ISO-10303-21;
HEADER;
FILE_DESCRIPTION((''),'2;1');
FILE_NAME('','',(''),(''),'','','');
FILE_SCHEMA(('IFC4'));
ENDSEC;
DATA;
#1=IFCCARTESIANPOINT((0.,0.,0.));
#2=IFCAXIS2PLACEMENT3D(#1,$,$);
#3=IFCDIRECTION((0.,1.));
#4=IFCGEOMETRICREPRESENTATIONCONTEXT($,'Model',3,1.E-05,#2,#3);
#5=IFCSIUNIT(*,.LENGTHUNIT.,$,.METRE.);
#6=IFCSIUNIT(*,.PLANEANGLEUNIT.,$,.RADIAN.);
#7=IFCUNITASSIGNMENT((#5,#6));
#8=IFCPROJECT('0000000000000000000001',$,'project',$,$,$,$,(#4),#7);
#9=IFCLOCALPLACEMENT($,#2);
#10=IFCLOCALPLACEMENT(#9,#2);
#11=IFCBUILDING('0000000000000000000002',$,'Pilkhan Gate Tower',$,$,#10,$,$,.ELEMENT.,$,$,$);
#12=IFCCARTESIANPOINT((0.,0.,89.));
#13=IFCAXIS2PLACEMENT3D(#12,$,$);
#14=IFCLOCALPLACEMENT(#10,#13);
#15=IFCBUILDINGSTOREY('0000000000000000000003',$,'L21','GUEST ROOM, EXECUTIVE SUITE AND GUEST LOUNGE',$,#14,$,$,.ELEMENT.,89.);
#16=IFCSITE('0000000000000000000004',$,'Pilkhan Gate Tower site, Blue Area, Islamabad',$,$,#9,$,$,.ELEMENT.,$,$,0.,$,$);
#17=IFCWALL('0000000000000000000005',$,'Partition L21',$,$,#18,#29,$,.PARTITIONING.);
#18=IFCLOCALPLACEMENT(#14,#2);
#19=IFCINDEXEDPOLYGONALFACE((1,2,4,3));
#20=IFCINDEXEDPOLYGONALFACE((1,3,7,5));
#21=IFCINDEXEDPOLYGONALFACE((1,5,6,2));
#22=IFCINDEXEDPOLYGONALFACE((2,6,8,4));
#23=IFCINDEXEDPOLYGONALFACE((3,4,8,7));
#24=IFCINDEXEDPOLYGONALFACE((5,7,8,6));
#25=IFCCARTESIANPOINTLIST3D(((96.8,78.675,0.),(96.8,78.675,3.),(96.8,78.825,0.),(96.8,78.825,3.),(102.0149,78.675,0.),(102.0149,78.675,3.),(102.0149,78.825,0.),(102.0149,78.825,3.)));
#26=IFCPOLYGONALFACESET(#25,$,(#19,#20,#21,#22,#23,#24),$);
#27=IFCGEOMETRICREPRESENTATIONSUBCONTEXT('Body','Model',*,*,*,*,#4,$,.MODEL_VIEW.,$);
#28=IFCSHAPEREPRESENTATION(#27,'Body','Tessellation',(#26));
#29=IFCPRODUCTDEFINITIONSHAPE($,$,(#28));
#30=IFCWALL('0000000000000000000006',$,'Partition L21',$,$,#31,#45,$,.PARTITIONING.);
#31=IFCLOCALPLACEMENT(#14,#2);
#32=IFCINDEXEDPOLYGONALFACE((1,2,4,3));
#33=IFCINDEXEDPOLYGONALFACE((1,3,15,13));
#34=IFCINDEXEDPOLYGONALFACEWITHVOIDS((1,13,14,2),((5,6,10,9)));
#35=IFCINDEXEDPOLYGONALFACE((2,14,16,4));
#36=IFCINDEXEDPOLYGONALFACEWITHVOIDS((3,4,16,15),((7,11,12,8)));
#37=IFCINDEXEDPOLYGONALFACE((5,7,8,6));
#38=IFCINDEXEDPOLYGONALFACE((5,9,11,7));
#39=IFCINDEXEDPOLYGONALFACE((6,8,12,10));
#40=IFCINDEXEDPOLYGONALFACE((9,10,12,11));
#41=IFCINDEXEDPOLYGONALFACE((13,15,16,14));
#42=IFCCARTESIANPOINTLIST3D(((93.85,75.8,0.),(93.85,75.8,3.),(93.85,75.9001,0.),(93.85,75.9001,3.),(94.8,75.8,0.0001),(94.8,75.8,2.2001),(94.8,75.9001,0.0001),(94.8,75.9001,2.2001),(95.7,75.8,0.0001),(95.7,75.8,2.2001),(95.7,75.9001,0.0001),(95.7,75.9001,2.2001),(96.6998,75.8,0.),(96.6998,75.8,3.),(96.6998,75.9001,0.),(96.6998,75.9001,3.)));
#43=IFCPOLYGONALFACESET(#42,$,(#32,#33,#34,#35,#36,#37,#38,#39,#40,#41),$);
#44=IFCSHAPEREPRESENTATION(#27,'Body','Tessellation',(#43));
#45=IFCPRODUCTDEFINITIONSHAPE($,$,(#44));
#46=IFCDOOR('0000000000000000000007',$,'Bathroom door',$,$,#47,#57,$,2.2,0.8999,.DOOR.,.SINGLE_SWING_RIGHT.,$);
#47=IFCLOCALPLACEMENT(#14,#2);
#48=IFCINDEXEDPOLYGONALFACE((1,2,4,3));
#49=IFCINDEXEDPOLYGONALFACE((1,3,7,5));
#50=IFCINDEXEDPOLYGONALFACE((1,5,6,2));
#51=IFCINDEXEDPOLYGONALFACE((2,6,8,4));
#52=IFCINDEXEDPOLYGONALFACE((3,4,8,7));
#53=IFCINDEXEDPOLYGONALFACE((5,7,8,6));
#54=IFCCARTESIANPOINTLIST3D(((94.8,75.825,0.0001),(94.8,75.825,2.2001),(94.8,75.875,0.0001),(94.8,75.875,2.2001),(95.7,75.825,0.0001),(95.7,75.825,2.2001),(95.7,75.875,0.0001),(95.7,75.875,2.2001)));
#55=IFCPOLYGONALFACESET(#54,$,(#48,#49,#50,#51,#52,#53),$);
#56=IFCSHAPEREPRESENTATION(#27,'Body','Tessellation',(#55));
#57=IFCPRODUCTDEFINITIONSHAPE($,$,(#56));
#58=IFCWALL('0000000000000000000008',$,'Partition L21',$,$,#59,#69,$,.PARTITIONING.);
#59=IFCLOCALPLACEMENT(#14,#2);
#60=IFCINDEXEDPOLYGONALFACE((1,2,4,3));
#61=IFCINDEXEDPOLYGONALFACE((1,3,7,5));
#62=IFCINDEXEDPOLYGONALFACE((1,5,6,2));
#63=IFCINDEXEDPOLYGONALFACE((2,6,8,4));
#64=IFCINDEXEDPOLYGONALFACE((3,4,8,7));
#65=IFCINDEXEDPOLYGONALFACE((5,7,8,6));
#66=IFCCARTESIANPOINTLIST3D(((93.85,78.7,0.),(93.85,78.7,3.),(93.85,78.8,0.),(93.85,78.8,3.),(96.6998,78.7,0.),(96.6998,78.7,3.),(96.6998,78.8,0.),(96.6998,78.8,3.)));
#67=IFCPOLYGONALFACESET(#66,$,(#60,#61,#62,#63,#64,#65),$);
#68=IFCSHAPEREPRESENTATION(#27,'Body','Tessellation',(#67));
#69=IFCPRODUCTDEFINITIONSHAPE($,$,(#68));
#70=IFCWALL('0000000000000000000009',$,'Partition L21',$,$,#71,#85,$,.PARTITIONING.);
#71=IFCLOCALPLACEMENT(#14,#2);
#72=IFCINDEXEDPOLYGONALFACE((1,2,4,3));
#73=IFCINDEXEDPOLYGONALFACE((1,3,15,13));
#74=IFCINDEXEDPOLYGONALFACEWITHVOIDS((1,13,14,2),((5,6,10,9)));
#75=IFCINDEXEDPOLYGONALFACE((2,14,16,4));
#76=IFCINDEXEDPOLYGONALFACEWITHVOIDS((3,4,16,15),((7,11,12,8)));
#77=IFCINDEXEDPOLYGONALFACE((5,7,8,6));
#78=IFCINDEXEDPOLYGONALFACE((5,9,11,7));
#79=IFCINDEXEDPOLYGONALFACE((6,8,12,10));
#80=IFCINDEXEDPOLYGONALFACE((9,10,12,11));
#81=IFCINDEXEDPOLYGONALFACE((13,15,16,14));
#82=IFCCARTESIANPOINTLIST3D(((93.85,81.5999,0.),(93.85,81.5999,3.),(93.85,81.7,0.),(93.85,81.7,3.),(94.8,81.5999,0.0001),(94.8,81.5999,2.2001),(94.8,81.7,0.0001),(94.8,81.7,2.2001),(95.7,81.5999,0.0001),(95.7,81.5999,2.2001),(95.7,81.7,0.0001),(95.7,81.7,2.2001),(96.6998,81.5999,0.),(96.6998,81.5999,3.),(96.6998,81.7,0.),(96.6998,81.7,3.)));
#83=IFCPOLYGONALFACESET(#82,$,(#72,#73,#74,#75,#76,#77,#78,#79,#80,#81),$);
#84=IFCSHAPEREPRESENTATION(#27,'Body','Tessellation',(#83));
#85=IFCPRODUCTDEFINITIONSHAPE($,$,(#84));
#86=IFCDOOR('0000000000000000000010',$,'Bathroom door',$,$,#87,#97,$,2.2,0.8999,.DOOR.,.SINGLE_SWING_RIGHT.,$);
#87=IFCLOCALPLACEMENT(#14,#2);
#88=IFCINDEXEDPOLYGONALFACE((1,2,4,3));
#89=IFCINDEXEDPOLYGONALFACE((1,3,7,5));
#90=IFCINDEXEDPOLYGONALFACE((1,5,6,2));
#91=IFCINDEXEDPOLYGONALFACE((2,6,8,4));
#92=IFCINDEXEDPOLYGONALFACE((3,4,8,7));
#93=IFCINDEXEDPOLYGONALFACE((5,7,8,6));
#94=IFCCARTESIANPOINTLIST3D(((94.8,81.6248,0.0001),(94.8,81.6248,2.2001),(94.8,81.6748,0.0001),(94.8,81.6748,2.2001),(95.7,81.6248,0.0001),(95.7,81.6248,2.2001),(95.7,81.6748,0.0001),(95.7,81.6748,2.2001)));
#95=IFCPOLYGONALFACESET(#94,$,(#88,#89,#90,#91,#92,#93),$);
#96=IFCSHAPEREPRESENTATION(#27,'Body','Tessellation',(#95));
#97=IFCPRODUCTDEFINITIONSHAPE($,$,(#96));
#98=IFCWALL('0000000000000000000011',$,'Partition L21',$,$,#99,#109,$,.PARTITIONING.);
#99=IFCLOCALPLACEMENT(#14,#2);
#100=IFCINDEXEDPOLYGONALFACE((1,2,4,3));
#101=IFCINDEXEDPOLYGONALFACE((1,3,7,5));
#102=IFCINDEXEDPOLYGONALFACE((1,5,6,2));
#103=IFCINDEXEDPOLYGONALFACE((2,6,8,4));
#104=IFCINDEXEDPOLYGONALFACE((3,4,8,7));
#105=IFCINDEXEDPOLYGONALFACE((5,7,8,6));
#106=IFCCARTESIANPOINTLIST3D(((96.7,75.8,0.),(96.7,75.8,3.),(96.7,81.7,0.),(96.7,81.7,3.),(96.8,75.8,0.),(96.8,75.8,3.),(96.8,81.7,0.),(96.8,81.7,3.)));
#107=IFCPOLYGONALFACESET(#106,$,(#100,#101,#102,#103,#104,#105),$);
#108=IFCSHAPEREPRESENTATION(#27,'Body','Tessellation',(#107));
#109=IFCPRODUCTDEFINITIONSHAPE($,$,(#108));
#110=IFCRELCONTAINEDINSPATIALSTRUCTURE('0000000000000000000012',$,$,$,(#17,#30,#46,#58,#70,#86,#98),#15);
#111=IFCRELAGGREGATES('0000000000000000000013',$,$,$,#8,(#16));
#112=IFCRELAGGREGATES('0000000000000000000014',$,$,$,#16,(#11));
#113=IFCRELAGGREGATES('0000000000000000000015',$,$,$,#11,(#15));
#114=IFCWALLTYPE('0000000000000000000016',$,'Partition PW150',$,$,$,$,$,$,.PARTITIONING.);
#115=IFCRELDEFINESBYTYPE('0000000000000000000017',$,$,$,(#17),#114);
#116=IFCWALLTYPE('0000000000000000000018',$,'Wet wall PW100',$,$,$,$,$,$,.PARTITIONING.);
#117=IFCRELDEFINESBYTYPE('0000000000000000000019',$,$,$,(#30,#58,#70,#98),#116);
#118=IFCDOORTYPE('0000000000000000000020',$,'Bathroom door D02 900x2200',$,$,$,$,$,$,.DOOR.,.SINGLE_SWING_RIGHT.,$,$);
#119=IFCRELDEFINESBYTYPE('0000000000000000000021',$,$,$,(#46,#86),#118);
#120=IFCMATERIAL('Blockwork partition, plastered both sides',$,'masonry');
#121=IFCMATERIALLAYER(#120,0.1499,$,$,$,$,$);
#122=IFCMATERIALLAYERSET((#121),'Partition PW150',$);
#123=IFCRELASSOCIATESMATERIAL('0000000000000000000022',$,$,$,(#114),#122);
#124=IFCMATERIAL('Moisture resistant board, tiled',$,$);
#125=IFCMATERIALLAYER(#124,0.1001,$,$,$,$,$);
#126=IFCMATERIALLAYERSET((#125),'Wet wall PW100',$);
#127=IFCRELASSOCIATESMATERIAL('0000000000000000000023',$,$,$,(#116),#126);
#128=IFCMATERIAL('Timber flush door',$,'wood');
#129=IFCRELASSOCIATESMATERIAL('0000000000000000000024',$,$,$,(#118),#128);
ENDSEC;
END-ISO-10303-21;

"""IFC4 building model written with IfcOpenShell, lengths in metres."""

from ifc_helpers import new_model, si_unit, direction, frame, frame_2d, origin, place, context, subcontext, project, spatial, rectangle, extrude, material, layer, layer_set, type_object, element, fill, save


model = new_model("IFC4")

# Units and contexts
model_context = context("Model", 3, precision=1e-05, world=origin(), true_north=direction((0.0, 1.0)))
body_context = subcontext(model_context, "Body", "Model", "MODEL_VIEW")
ifc_project = project(units=[si_unit("LENGTHUNIT", "METRE"), si_unit("PLANEANGLEUNIT", "RADIAN")], contexts=[model_context])

# Site, building, storey
site_placement = place(None, origin())
site = spatial("IfcSite", under=ifc_project, at=site_placement, Name="Pilkhan Gate Tower site, Blue Area, Islamabad", CompositionType="ELEMENT", RefElevation=0.0)
building_placement = place(site_placement, origin())
building = spatial("IfcBuilding", under=site, at=building_placement, Name="Pilkhan Gate Tower", CompositionType="ELEMENT")
storey_placement = place(building_placement, frame((0.0, 0.0, 89.0)))
storey = spatial("IfcBuildingStorey", under=building, at=storey_placement, Name="L21", Description="GUEST ROOM, EXECUTIVE SUITE AND GUEST LOUNGE", CompositionType="ELEMENT", Elevation=89.0)

# Wall
ifc_material_1 = material(Name="Blockwork partition, plastered both sides", Category="masonry")
ifc_layer_1 = layer(ifc_material_1, 0.1499)
ifc_layer_set_1 = layer_set([ifc_layer_1], Name="Partition PW150")
wall_type_1 = type_object("IfcWallType", Name="Partition PW150", PredefinedType="PARTITIONING", material=ifc_layer_set_1)
wall_1_placement = place(storey_placement, frame((96.8, 78.75, 0.0), z_axis=(0.0, 0.0, 1.0), x_axis=(1.0, 0.0, 0.0)))
element("IfcWall", 1, at=wall_1_placement, inside=storey, type_object=wall_type_1, Name="Partition L21", PredefinedType="PARTITIONING", context=body_context, shape_type="SweptSolid", body=[
    extrude(rectangle(XDim=5.2148, YDim=0.1499, at=frame_2d((2.6074, 0.0))), origin(), (0.0, 0.0, 1.0), 3.0),
])

# Wall, opening, door
ifc_material_2 = material(Name="Moisture resistant board, tiled")
ifc_layer_2 = layer(ifc_material_2, 0.1001)
ifc_layer_set_2 = layer_set([ifc_layer_2], Name="Wet wall PW100")
wall_type_2 = type_object("IfcWallType", Name="Wet wall PW100", PredefinedType="PARTITIONING", material=ifc_layer_set_2)
wall_2_placement = place(storey_placement, frame((93.8501, 75.8501, 0.0), z_axis=(0.0, 0.0, 1.0), x_axis=(1.0, 0.0, 0.0)))
wall_2 = element("IfcWall", 2, at=wall_2_placement, inside=storey, type_object=wall_type_2, Name="Partition L21", PredefinedType="PARTITIONING", context=body_context, shape_type="SweptSolid", body=[
    extrude(rectangle(XDim=2.8499, YDim=0.1001, at=frame_2d((1.4248, 0.0))), origin(), (0.0, 0.0, 1.0), 3.0),
])
opening_1_placement = place(wall_2_placement, frame((0.95, 0.0, 0.0)))
opening_1 = element("IfcOpeningElement", 3, at=opening_1_placement, cuts=wall_2, PredefinedType="OPENING", context=body_context, shape_type="SweptSolid", body=[
    extrude(rectangle(XDim=0.8999, YDim=2.2, at=frame_2d((0.45, 1.1001))), frame((0.0, 0.0601, 0.0), z_axis=(0.0, -1.0, 0.0), x_axis=(1.0, 0.0, 0.0)), (0.0, 0.0, 1.0), 0.1201),
])
ifc_material_3 = material(Name="Timber flush door", Category="wood")
door_type_1 = type_object("IfcDoorType", Name="Bathroom door D02 900x2200", OperationType="SINGLE_SWING_RIGHT", PredefinedType="DOOR", material=ifc_material_3)
door_1_placement = place(opening_1_placement, origin())
door_1 = element("IfcDoor", 4, at=door_1_placement, inside=storey, type_object=door_type_1, Name="Bathroom door", OperationType="SINGLE_SWING_RIGHT", OverallHeight=2.2, OverallWidth=0.8999, PredefinedType="DOOR", context=body_context, shape_type="SweptSolid", body=[
    extrude(rectangle(XDim=0.8999, YDim=2.2, at=frame_2d((0.45, 1.1001))), frame((0.0, 0.0249, 0.0), z_axis=(0.0, -1.0, 0.0), x_axis=(1.0, 0.0, 0.0)), (0.0, 0.0, 1.0), 0.05),
])
fill(opening_1, door_1)

# Wall
wall_3_placement = place(storey_placement, frame((93.8501, 78.75, 0.0), z_axis=(0.0, 0.0, 1.0), x_axis=(1.0, 0.0, 0.0)))
element("IfcWall", 5, at=wall_3_placement, inside=storey, type_object=wall_type_2, Name="Partition L21", PredefinedType="PARTITIONING", context=body_context, shape_type="SweptSolid", body=[
    extrude(rectangle(XDim=2.8499, YDim=0.1001, at=frame_2d((1.4248, 0.0))), origin(), (0.0, 0.0, 1.0), 3.0),
])

# Wall, opening, door
wall_4_placement = place(storey_placement, frame((93.8501, 81.6499, 0.0), z_axis=(0.0, 0.0, 1.0), x_axis=(1.0, 0.0, 0.0)))
wall_4 = element("IfcWall", 6, at=wall_4_placement, inside=storey, type_object=wall_type_2, Name="Partition L21", PredefinedType="PARTITIONING", context=body_context, shape_type="SweptSolid", body=[
    extrude(rectangle(XDim=2.8499, YDim=0.1001, at=frame_2d((1.4248, 0.0))), origin(), (0.0, 0.0, 1.0), 3.0),
])
opening_2_placement = place(wall_4_placement, frame((0.95, 0.0, 0.0)))
opening_2 = element("IfcOpeningElement", 7, at=opening_2_placement, cuts=wall_4, PredefinedType="OPENING", context=body_context, shape_type="SweptSolid", body=[
    extrude(rectangle(XDim=0.8999, YDim=2.2, at=frame_2d((0.45, 1.1001))), frame((0.0, 0.0601, 0.0), z_axis=(0.0, -1.0, 0.0), x_axis=(1.0, 0.0, 0.0)), (0.0, 0.0, 1.0), 0.1201),
])
door_2_placement = place(opening_2_placement, origin())
door_2 = element("IfcDoor", 8, at=door_2_placement, inside=storey, type_object=door_type_1, Name="Bathroom door", OperationType="SINGLE_SWING_RIGHT", OverallHeight=2.2, OverallWidth=0.8999, PredefinedType="DOOR", context=body_context, shape_type="SweptSolid", body=[
    extrude(rectangle(XDim=0.8999, YDim=2.2, at=frame_2d((0.45, 1.1001))), frame((0.0, 0.0249, 0.0), z_axis=(0.0, -1.0, 0.0), x_axis=(1.0, 0.0, 0.0)), (0.0, 0.0, 1.0), 0.05),
])
fill(opening_2, door_2)

# Wall
wall_5_placement = place(storey_placement, frame((96.75, 75.8, 0.0), z_axis=(0.0, 0.0, 1.0), x_axis=(0.0, 1.0, 0.0)))
element("IfcWall", 9, at=wall_5_placement, inside=storey, type_object=wall_type_2, Name="Partition L21", PredefinedType="PARTITIONING", context=body_context, shape_type="SweptSolid", body=[
    extrude(rectangle(XDim=5.8999, YDim=0.1001, at=frame_2d((2.95, 0.0))), origin(), (0.0, 0.0, 1.0), 3.0),
])

save(model, "model.ifc")
